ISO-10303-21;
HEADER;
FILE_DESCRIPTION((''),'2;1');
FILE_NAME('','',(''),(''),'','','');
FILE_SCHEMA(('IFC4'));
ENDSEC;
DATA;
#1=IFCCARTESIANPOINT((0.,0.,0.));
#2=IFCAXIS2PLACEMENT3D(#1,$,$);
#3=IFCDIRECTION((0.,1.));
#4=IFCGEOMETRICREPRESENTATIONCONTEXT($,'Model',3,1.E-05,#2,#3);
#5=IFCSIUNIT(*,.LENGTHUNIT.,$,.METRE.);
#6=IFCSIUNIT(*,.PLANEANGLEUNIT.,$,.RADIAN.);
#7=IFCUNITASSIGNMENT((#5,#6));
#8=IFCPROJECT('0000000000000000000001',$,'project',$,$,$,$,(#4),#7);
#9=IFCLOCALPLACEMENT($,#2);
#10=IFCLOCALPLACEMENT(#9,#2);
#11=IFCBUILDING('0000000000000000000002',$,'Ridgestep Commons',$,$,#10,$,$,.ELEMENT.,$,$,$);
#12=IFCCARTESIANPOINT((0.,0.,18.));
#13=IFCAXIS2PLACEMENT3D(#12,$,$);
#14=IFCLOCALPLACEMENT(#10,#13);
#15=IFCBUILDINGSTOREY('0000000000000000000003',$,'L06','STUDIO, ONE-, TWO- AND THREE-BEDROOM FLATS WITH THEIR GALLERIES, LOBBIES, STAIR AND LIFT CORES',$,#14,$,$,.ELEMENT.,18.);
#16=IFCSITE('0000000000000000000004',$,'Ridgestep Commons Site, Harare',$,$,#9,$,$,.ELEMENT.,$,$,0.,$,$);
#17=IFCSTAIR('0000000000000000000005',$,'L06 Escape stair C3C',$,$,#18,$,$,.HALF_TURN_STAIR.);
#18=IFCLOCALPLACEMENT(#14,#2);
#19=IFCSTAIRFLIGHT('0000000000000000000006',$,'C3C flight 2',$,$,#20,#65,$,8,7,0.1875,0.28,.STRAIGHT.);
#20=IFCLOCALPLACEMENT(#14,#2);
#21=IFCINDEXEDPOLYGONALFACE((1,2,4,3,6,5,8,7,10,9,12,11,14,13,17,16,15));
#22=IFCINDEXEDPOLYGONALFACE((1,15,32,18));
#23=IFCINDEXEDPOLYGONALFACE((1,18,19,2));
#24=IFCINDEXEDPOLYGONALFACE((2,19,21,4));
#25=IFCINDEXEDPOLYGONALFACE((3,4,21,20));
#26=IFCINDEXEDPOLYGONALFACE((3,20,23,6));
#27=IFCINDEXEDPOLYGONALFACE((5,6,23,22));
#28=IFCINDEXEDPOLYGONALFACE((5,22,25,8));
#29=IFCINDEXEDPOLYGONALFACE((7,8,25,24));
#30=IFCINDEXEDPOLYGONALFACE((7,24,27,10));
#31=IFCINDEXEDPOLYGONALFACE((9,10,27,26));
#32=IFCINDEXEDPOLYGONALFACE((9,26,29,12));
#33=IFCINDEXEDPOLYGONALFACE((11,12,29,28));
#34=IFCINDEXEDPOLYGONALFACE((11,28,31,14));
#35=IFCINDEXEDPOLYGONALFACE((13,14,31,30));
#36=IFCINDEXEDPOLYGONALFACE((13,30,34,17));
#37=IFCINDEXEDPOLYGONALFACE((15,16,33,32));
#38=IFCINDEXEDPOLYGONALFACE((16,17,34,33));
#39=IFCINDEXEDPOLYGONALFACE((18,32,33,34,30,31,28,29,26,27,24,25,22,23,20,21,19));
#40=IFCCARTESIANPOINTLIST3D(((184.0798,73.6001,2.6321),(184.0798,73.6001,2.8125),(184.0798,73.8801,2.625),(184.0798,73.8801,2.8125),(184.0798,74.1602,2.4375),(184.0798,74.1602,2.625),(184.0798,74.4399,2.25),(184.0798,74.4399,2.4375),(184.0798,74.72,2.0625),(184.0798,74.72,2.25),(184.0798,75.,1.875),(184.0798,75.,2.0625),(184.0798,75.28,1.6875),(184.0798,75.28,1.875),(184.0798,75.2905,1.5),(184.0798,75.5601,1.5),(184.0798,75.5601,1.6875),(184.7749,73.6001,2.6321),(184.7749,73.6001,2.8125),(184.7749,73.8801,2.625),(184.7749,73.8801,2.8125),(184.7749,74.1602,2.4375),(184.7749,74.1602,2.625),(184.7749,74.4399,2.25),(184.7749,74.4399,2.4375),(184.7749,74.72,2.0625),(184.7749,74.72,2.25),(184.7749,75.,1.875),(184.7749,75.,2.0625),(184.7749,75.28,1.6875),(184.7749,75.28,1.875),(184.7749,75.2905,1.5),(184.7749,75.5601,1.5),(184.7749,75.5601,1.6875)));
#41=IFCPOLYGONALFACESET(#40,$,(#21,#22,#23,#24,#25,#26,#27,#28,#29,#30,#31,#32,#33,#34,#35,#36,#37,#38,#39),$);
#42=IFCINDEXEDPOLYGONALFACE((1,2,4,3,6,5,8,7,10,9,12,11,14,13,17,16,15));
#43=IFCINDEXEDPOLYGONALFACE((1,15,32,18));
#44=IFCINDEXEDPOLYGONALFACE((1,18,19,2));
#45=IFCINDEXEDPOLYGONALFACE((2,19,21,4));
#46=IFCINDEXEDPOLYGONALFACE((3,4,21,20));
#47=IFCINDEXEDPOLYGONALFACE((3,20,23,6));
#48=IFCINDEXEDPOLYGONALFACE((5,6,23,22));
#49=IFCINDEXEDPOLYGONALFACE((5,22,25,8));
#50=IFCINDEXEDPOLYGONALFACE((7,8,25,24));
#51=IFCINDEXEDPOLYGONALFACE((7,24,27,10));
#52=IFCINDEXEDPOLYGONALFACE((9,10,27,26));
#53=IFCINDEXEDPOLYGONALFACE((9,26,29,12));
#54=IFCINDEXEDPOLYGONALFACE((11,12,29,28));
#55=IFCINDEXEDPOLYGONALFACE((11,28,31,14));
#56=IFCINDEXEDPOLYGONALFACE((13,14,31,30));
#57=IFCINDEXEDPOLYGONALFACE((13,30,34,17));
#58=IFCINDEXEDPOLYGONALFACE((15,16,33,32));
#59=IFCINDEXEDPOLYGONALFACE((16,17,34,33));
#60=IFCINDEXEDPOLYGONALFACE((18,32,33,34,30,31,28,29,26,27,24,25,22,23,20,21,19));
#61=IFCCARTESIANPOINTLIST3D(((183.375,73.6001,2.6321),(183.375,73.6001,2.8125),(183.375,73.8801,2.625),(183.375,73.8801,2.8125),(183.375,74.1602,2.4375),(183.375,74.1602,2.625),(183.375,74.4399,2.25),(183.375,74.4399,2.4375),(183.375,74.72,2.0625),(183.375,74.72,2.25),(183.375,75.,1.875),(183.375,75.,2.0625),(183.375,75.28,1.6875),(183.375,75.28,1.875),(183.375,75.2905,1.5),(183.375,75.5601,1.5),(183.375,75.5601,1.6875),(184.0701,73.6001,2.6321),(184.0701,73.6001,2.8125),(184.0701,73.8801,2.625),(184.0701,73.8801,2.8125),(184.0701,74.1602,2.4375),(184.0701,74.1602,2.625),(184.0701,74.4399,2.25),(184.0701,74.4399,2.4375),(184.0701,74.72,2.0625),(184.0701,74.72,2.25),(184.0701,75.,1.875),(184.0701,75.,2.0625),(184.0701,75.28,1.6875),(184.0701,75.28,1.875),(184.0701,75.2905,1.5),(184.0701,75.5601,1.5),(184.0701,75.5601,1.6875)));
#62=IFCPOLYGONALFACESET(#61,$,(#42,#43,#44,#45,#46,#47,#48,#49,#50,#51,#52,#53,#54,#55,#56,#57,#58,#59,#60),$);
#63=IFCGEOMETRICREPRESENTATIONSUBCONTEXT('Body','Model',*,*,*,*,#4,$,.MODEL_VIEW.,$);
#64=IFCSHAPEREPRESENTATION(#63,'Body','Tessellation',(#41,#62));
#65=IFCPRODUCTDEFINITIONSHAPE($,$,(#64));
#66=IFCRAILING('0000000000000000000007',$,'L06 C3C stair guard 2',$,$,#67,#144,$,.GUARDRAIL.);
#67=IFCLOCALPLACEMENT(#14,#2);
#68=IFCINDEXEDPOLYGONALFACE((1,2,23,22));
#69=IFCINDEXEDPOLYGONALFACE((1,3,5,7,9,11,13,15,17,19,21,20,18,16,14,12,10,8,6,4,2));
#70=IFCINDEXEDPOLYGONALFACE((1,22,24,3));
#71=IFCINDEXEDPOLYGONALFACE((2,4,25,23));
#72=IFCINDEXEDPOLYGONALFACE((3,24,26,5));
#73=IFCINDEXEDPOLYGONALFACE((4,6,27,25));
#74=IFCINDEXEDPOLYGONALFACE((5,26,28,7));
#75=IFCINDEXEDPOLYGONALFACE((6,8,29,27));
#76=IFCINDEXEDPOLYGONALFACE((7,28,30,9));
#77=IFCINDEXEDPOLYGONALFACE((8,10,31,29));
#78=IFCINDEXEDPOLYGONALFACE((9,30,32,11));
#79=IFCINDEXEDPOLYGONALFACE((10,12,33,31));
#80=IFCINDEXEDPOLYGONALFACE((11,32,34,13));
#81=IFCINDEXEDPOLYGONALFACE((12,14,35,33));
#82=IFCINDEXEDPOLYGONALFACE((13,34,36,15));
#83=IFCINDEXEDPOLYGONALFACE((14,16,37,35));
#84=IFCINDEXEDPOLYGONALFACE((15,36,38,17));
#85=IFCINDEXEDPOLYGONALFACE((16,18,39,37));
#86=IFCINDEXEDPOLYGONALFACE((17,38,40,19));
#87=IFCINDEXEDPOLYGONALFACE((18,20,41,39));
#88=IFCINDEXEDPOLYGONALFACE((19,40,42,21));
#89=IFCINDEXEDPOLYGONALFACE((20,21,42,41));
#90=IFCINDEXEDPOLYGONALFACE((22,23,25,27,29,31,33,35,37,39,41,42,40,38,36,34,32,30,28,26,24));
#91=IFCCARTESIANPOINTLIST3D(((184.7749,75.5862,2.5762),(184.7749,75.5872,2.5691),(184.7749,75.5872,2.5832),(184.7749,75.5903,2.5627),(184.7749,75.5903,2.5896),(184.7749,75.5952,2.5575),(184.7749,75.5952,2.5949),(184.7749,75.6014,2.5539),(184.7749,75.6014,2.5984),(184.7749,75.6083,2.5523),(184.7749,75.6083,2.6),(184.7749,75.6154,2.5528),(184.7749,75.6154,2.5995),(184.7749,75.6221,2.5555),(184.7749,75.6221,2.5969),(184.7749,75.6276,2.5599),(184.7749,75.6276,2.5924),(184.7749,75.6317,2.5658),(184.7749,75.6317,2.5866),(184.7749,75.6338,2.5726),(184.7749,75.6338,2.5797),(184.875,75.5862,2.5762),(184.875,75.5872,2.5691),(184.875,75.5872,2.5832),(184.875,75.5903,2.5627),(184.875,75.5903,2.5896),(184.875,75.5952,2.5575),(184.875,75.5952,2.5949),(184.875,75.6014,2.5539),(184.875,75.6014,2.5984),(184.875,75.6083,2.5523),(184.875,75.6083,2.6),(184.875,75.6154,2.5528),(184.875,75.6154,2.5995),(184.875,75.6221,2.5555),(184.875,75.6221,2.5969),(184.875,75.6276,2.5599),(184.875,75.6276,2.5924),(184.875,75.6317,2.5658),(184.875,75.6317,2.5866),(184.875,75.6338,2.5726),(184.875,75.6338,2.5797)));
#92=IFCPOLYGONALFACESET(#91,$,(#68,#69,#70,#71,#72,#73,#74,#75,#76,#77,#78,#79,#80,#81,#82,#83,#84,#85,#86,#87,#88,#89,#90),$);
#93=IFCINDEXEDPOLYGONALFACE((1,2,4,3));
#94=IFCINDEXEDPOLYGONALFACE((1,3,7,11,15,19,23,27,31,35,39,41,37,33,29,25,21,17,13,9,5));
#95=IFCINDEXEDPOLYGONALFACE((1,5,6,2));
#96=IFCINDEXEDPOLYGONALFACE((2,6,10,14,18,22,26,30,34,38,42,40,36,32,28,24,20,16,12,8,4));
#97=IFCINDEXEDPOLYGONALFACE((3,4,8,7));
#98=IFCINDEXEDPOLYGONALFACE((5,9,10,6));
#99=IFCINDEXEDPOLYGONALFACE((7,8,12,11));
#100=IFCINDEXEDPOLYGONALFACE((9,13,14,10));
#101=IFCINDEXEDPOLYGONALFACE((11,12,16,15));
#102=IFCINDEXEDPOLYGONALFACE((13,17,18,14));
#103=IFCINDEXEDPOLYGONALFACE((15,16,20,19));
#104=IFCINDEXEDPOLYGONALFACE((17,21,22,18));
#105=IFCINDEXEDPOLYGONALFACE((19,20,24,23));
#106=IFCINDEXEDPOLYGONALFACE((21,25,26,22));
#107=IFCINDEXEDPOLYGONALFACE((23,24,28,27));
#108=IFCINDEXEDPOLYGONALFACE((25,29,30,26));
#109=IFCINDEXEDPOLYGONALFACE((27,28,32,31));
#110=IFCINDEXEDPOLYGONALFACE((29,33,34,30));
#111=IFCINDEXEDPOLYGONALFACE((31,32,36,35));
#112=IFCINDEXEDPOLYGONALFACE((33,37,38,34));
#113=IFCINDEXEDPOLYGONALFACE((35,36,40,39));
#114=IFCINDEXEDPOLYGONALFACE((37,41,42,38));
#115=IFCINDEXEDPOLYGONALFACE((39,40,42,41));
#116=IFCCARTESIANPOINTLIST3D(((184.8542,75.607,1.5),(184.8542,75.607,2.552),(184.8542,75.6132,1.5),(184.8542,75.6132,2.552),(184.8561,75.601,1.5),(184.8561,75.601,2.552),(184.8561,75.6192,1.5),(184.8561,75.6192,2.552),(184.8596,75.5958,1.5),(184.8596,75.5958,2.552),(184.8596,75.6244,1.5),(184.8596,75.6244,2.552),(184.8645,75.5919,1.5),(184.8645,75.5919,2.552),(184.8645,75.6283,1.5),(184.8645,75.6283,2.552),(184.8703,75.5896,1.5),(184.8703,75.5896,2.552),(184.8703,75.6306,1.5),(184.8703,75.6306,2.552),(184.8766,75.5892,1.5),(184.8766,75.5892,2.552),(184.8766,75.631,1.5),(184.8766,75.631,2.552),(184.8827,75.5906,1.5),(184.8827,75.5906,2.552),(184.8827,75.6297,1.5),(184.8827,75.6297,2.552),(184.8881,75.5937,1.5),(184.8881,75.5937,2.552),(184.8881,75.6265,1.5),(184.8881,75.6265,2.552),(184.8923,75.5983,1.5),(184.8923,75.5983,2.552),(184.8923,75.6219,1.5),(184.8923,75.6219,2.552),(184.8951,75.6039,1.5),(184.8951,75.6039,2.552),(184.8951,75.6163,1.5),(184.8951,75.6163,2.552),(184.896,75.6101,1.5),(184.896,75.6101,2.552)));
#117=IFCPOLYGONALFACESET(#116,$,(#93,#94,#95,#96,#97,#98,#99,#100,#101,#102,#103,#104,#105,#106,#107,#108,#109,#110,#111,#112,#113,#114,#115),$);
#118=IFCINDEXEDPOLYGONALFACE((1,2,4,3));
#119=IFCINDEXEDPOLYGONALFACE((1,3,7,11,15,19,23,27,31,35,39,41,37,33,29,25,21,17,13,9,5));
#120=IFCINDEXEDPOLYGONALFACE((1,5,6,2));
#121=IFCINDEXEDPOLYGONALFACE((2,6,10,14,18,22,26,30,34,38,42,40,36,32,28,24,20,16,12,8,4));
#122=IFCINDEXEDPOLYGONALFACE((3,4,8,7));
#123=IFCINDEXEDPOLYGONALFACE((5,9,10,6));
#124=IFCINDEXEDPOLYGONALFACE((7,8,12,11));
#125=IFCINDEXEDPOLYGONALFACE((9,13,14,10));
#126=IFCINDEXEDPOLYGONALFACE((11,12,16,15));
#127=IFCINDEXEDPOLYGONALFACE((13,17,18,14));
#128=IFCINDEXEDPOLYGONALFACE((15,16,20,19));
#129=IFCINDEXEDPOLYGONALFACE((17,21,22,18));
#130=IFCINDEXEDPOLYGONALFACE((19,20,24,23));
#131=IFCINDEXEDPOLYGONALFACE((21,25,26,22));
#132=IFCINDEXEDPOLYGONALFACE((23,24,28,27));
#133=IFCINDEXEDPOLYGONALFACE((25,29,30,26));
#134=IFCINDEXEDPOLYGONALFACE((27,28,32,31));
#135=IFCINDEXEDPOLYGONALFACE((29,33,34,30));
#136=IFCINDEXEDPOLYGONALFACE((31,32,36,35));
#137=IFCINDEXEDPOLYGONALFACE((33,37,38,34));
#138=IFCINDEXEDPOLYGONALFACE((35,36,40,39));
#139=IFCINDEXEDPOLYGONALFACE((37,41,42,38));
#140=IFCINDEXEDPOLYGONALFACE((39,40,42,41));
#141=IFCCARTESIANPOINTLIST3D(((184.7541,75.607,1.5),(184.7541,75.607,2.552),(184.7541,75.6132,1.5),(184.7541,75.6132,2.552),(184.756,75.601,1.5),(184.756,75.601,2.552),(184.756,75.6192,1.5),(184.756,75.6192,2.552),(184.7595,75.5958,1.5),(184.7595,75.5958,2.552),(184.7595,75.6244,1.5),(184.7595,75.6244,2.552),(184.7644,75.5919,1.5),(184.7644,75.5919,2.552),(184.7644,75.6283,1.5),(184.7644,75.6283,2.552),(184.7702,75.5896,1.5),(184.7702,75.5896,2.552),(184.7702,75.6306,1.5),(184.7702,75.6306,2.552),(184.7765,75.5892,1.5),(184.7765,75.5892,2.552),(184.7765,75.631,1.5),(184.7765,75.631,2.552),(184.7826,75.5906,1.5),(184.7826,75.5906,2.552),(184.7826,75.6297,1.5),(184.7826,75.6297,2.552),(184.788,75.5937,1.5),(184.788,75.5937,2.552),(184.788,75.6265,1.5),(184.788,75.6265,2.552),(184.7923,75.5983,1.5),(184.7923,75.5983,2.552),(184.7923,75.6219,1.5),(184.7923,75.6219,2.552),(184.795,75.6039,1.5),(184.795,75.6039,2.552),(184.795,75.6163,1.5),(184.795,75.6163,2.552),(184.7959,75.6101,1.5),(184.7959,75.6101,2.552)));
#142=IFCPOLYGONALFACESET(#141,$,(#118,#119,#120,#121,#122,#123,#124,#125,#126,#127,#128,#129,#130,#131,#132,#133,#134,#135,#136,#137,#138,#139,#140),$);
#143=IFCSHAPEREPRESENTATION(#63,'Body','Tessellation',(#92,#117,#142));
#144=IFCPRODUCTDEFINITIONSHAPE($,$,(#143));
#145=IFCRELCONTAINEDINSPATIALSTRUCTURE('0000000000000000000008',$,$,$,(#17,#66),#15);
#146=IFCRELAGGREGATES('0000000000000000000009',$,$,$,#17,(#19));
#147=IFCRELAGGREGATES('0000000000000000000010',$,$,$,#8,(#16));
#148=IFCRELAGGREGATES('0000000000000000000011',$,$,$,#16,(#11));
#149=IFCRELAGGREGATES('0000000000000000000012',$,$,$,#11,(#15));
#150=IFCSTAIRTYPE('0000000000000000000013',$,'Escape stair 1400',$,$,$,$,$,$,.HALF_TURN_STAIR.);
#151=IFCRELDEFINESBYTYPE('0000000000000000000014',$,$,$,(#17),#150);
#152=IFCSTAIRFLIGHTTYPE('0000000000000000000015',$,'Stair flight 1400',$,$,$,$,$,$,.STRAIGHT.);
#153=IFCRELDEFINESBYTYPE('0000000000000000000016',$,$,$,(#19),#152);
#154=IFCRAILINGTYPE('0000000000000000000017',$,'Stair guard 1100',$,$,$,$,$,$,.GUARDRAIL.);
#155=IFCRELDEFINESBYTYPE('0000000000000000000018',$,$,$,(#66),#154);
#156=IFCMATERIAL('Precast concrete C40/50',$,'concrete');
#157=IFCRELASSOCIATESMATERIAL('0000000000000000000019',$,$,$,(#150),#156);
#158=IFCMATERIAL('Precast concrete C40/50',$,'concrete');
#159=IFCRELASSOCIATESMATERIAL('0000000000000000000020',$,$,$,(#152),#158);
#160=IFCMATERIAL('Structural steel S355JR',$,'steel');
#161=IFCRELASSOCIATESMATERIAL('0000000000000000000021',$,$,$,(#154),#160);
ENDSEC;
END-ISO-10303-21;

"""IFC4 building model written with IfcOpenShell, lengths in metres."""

from ifc_helpers import new_model, si_unit, direction, frame, origin, origin_2d, place, context, subcontext, project, spatial, polyline, circle, outline, extrude, material, type_object, element, aggregate, save


model = new_model("IFC4")

# Units and contexts
model_context = context("Model", 3, precision=1e-05, world=origin(), true_north=direction((0.0, 1.0)))
body_context = subcontext(model_context, "Body", "Model", "MODEL_VIEW")
ifc_project = project(units=[si_unit("LENGTHUNIT", "METRE"), si_unit("PLANEANGLEUNIT", "RADIAN")], contexts=[model_context])

# Site, building, storey
site_placement = place(None, origin())
site = spatial("IfcSite", under=ifc_project, at=site_placement, Name="Ridgestep Commons Site, Harare", CompositionType="ELEMENT", RefElevation=0.0)
building_placement = place(site_placement, origin())
building = spatial("IfcBuilding", under=site, at=building_placement, Name="Ridgestep Commons", CompositionType="ELEMENT")
storey_placement = place(building_placement, frame((0.0, 0.0, 18.0)))
storey = spatial("IfcBuildingStorey", under=building, at=storey_placement, Name="L06", Description="STUDIO, ONE-, TWO- AND THREE-BEDROOM FLATS WITH THEIR GALLERIES, LOBBIES, STAIR AND LIFT CORES", CompositionType="ELEMENT", Elevation=18.0)

# Stair, stair flight
ifc_material_1 = material(Name="Precast concrete C40/50", Category="concrete")
stair_type = type_object("IfcStairType", Name="Escape stair 1400", PredefinedType="HALF_TURN_STAIR", material=ifc_material_1)
stair_placement = place(storey_placement, origin())
stair = element("IfcStair", 1, at=stair_placement, inside=storey, type_object=stair_type, Name="L06 Escape stair C3C", PredefinedType="HALF_TURN_STAIR")
ifc_material_2 = material(Name="Precast concrete C40/50", Category="concrete")
stair_flight_type = type_object("IfcStairFlightType", Name="Stair flight 1400", PredefinedType="STRAIGHT", material=ifc_material_2)
stair_flight_placement = place(storey_placement, frame((184.075, 75.5601, 1.5), z_axis=(0.0, 0.0, 1.0), x_axis=(0.0, -1.0, 0.0)))
stair_flight = element("IfcStairFlight", 2, at=stair_flight_placement, type_object=stair_flight_type, Name="C3C flight 2", NumberOfRisers=8, NumberOfTreads=7, PredefinedType="STRAIGHT", RiserHeight=0.1875, TreadLength=0.28, context=body_context, shape_type="SweptSolid", body=[
    extrude(outline(polyline([(0.0, 0.0), (0.0, 0.1875), (0.28, 0.1875), (0.28, 0.375), (0.5601, 0.375), (0.5601, 0.5625), (0.8401, 0.5625), (0.8401, 0.75), (1.1201, 0.75), (1.1201, 0.9375), (1.3999, 0.9375), (1.3999, 1.125), (1.6799, 1.125), (1.6799, 1.3125), (1.96, 1.3125), (1.96, 1.5), (1.96, 1.1321), (0.2695, 0.0), (0.0, 0.0)])), frame((0.0, 0.7, 0.0), z_axis=(0.0, -1.0, 0.0), x_axis=(1.0, 0.0, 0.0)), (0.0, 0.0, 1.0), 0.6951),
    extrude(outline(polyline([(0.0, 0.0), (0.0, 0.1875), (0.28, 0.1875), (0.28, 0.375), (0.5601, 0.375), (0.5601, 0.5625), (0.8401, 0.5625), (0.8401, 0.75), (1.1201, 0.75), (1.1201, 0.9375), (1.3999, 0.9375), (1.3999, 1.125), (1.6799, 1.125), (1.6799, 1.3125), (1.96, 1.3125), (1.96, 1.5), (1.96, 1.1321), (0.2695, 0.0), (0.0, 0.0)])), frame((0.0, -0.0049, 0.0), z_axis=(0.0, -1.0, 0.0), x_axis=(1.0, 0.0, 0.0)), (0.0, 0.0, 1.0), 0.6951),
])
aggregate(stair, [stair_flight])

# Railing
ifc_material_3 = material(Name="Structural steel S355JR", Category="steel")
railing_type = type_object("IfcRailingType", Name="Stair guard 1100", PredefinedType="GUARDRAIL", material=ifc_material_3)
railing_1_placement = place(storey_placement, frame((184.875, 75.6101, 1.5)))
element("IfcRailing", 3, at=railing_1_placement, inside=storey, type_object=railing_type, Name="L06 C3C stair guard 2", PredefinedType="GUARDRAIL", context=body_context, shape_type="SweptSolid", body=[
    extrude(circle(Radius=0.0239, at=origin_2d()), frame((0.0, 0.0, 1.0762), z_axis=(-1.0, 0.0, 0.0), x_axis=(0.0, -1.0, 0.0)), (0.0, 0.0, 1.0), 0.1001),
    extrude(circle(Radius=0.021, at=origin_2d()), origin(), (0.0, 0.0, 1.0), 1.052),
    extrude(circle(Radius=0.021, at=origin_2d()), frame((-0.1001, 0.0, 0.0)), (0.0, 0.0, 1.0), 1.052),
])

save(model, "model.ifc")
